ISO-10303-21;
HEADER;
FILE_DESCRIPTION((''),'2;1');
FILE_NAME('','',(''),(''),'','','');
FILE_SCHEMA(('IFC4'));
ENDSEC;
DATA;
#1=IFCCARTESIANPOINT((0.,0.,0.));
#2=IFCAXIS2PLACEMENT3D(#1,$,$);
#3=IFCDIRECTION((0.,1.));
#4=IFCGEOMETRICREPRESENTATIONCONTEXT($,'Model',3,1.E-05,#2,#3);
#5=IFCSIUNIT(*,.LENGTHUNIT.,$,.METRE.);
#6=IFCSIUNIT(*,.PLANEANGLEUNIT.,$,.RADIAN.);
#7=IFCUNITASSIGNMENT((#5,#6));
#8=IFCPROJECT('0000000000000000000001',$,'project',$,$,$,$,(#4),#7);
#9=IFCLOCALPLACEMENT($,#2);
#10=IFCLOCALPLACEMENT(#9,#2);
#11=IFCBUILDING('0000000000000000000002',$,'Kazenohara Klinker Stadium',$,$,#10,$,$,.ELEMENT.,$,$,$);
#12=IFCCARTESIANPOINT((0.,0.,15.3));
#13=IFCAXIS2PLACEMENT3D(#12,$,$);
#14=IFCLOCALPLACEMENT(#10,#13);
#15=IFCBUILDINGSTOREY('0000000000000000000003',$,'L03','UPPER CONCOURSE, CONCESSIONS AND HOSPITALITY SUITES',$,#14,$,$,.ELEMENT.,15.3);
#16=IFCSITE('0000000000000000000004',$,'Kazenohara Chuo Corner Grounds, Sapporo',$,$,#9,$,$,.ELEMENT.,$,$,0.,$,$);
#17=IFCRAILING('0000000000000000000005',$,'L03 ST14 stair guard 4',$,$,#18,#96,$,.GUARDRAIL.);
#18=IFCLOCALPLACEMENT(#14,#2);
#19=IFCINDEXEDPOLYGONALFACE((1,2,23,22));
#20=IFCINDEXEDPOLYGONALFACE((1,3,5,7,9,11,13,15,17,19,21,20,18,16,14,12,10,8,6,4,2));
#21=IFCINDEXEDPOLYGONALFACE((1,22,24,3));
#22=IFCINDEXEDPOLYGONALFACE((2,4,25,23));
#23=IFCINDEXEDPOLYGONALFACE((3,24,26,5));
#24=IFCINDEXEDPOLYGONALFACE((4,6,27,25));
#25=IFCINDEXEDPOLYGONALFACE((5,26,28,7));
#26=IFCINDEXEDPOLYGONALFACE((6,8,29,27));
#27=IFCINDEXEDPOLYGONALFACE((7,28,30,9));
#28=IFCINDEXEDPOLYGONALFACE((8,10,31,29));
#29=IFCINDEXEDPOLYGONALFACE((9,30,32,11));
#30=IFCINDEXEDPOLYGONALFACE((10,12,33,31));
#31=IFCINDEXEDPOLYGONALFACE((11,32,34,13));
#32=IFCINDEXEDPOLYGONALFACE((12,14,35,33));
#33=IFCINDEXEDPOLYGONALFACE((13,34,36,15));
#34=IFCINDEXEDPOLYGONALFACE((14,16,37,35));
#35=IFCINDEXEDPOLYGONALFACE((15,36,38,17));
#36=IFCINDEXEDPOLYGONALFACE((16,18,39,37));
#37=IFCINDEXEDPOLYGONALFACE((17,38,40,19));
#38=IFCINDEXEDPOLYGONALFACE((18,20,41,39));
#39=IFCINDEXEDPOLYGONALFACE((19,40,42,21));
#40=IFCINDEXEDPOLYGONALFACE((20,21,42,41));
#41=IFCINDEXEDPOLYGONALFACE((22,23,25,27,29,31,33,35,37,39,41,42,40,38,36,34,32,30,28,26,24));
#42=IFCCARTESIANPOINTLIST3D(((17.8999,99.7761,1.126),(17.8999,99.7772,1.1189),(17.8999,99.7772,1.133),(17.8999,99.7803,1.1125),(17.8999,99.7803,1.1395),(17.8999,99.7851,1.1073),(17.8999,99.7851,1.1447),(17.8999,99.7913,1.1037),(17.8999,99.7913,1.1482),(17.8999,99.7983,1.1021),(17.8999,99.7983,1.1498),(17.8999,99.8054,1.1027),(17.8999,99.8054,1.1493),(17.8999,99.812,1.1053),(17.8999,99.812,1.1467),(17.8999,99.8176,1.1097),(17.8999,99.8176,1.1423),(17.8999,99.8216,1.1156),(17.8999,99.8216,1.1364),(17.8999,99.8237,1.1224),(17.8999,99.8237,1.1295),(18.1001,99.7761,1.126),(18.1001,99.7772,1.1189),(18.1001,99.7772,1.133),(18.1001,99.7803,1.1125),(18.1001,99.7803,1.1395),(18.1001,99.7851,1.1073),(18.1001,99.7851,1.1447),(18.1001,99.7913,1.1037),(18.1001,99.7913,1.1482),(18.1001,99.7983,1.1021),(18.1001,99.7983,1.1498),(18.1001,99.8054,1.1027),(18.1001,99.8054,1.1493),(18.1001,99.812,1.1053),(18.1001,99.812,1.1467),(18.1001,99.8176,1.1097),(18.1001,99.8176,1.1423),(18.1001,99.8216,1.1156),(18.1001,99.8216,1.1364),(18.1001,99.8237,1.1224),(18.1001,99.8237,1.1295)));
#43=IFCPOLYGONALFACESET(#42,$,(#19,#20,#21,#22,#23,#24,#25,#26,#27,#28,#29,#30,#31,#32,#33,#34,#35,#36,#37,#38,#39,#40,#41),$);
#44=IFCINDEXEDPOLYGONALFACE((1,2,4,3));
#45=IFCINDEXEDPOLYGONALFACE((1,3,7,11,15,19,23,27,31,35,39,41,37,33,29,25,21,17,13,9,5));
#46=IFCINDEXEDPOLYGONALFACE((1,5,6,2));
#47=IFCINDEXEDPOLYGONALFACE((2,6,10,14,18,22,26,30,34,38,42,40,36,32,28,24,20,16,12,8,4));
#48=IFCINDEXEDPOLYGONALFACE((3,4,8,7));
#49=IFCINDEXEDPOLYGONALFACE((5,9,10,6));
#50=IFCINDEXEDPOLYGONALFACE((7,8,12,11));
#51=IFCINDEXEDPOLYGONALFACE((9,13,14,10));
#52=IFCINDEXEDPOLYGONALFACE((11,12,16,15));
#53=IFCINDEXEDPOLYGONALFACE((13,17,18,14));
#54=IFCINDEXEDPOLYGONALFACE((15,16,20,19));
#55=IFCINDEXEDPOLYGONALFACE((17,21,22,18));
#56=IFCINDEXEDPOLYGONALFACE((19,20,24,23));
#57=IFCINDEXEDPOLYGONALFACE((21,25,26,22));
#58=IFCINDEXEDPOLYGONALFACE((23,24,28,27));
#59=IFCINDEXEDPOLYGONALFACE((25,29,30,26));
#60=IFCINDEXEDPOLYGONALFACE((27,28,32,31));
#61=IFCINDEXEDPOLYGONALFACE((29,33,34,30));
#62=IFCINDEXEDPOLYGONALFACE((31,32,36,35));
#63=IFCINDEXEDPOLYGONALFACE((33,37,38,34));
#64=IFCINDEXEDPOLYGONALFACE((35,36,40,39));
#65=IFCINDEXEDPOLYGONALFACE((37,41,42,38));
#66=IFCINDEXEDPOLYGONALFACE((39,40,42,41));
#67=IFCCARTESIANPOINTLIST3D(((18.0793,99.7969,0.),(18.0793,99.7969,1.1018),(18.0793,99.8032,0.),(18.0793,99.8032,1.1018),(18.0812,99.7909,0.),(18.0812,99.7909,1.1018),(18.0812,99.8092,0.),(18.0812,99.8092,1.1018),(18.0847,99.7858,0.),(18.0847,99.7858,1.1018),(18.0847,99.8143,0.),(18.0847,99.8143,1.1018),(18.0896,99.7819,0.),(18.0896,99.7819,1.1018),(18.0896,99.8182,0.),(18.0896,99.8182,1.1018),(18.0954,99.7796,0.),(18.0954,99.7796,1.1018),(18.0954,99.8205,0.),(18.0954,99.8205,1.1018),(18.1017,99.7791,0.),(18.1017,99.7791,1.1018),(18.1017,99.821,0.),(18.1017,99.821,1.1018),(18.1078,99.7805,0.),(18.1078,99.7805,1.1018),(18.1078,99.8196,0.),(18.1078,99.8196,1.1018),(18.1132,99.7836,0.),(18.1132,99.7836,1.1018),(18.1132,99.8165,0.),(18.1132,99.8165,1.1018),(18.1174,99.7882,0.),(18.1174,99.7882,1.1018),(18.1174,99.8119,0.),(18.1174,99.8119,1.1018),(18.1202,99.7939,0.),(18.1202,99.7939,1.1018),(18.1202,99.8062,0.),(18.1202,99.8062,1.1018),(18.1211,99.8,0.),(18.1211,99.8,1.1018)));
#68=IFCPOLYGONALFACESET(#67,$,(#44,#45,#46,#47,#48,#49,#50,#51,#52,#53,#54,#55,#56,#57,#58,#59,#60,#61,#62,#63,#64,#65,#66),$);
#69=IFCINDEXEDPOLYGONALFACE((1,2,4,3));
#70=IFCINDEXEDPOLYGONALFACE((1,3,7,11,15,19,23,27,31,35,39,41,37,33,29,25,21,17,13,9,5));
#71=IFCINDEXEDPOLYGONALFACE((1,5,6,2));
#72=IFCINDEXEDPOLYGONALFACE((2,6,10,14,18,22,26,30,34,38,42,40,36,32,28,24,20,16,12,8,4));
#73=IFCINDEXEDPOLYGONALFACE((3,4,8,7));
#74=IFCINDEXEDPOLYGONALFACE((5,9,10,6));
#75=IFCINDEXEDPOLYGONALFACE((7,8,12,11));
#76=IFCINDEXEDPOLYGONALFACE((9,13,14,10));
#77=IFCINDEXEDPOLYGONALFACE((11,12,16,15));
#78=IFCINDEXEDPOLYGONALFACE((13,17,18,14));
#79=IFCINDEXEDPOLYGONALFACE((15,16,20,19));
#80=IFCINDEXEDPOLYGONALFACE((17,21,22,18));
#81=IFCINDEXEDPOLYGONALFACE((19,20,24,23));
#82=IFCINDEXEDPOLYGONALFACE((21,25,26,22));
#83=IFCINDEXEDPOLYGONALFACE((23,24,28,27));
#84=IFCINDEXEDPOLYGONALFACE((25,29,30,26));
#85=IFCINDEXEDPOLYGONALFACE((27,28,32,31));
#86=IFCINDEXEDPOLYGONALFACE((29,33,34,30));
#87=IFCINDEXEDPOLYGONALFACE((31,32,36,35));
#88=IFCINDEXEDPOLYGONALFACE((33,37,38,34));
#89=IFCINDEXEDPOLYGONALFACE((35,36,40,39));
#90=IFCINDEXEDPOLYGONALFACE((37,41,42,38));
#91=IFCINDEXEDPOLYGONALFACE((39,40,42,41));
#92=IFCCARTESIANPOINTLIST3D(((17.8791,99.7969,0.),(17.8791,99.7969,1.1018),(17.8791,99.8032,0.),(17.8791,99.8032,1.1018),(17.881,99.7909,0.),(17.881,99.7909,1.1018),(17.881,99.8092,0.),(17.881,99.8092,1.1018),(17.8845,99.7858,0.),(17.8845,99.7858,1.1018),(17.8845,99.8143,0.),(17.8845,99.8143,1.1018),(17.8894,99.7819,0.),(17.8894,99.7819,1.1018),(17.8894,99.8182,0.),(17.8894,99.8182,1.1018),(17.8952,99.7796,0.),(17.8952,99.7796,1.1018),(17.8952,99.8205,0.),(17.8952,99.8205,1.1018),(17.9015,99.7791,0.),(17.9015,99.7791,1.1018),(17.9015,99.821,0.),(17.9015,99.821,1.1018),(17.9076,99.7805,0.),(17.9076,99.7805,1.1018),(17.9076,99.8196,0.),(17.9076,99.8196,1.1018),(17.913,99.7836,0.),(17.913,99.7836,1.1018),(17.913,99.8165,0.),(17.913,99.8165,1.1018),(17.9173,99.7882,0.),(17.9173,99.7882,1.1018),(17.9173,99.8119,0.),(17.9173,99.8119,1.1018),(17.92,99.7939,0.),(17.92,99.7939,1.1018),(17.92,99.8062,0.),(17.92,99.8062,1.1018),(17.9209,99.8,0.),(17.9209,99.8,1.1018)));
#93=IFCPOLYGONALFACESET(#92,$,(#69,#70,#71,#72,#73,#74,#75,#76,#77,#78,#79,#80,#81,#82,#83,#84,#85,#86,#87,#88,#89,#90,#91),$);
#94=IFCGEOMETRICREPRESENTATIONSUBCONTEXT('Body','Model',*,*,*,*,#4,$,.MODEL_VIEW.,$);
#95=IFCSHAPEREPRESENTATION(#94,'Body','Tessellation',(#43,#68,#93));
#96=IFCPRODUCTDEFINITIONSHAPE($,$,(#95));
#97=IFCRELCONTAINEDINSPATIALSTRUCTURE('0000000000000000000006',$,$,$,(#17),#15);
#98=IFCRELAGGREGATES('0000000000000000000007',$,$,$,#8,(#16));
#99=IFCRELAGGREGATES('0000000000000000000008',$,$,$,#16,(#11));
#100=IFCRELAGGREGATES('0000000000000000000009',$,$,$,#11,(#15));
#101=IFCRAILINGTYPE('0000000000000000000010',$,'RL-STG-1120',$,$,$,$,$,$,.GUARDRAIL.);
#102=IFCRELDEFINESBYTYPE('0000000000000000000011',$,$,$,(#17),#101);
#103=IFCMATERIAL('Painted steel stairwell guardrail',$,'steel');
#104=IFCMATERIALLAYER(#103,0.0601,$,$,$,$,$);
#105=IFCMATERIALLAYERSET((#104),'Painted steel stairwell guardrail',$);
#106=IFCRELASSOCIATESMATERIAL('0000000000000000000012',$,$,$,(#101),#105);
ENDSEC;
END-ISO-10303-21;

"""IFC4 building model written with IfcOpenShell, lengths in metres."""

from ifc_helpers import new_model, si_unit, direction, frame, origin, origin_2d, place, context, subcontext, project, spatial, circle, extrude, material, layer, layer_set, type_object, element, save


model = new_model("IFC4")

# Units and contexts
model_context = context("Model", 3, precision=1e-05, world=origin(), true_north=direction((0.0, 1.0)))
body_context = subcontext(model_context, "Body", "Model", "MODEL_VIEW")
ifc_project = project(units=[si_unit("LENGTHUNIT", "METRE"), si_unit("PLANEANGLEUNIT", "RADIAN")], contexts=[model_context])

# Site, building, storey
site_placement = place(None, origin())
site = spatial("IfcSite", under=ifc_project, at=site_placement, Name="Kazenohara Chuo Corner Grounds, Sapporo", CompositionType="ELEMENT", RefElevation=0.0)
building_placement = place(site_placement, origin())
building = spatial("IfcBuilding", under=site, at=building_placement, Name="Kazenohara Klinker Stadium", CompositionType="ELEMENT")
storey_placement = place(building_placement, frame((0.0, 0.0, 15.3)))
storey = spatial("IfcBuildingStorey", under=building, at=storey_placement, Name="L03", Description="UPPER CONCOURSE, CONCESSIONS AND HOSPITALITY SUITES", CompositionType="ELEMENT", Elevation=15.3)

# Railing
ifc_material_1 = material(Name="Painted steel stairwell guardrail", Category="steel")
ifc_layer_1 = layer(ifc_material_1, 0.0601)
ifc_layer_set_1 = layer_set([ifc_layer_1], Name="Painted steel stairwell guardrail")
railing_type_1 = type_object("IfcRailingType", Name="RL-STG-1120", PredefinedType="GUARDRAIL", material=ifc_layer_set_1)
railing_1_placement = place(storey_placement, frame((18.1001, 99.8, 0.0)))
element("IfcRailing", 1, at=railing_1_placement, inside=storey, type_object=railing_type_1, Name="L03 ST14 stair guard 4", PredefinedType="GUARDRAIL", context=body_context, shape_type="SweptSolid", body=[
    extrude(circle(Radius=0.0239, at=origin_2d()), frame((0.0, 0.0, 1.126), z_axis=(-1.0, 0.0, 0.0), x_axis=(0.0, -1.0, 0.0)), (0.0, 0.0, 1.0), 0.2002),
    extrude(circle(Radius=0.021, at=origin_2d()), origin(), (0.0, 0.0, 1.0), 1.1018),
    extrude(circle(Radius=0.021, at=origin_2d()), frame((-0.2002, 0.0, 0.0)), (0.0, 0.0, 1.0), 1.1018),
])

save(model, "model.ifc")
